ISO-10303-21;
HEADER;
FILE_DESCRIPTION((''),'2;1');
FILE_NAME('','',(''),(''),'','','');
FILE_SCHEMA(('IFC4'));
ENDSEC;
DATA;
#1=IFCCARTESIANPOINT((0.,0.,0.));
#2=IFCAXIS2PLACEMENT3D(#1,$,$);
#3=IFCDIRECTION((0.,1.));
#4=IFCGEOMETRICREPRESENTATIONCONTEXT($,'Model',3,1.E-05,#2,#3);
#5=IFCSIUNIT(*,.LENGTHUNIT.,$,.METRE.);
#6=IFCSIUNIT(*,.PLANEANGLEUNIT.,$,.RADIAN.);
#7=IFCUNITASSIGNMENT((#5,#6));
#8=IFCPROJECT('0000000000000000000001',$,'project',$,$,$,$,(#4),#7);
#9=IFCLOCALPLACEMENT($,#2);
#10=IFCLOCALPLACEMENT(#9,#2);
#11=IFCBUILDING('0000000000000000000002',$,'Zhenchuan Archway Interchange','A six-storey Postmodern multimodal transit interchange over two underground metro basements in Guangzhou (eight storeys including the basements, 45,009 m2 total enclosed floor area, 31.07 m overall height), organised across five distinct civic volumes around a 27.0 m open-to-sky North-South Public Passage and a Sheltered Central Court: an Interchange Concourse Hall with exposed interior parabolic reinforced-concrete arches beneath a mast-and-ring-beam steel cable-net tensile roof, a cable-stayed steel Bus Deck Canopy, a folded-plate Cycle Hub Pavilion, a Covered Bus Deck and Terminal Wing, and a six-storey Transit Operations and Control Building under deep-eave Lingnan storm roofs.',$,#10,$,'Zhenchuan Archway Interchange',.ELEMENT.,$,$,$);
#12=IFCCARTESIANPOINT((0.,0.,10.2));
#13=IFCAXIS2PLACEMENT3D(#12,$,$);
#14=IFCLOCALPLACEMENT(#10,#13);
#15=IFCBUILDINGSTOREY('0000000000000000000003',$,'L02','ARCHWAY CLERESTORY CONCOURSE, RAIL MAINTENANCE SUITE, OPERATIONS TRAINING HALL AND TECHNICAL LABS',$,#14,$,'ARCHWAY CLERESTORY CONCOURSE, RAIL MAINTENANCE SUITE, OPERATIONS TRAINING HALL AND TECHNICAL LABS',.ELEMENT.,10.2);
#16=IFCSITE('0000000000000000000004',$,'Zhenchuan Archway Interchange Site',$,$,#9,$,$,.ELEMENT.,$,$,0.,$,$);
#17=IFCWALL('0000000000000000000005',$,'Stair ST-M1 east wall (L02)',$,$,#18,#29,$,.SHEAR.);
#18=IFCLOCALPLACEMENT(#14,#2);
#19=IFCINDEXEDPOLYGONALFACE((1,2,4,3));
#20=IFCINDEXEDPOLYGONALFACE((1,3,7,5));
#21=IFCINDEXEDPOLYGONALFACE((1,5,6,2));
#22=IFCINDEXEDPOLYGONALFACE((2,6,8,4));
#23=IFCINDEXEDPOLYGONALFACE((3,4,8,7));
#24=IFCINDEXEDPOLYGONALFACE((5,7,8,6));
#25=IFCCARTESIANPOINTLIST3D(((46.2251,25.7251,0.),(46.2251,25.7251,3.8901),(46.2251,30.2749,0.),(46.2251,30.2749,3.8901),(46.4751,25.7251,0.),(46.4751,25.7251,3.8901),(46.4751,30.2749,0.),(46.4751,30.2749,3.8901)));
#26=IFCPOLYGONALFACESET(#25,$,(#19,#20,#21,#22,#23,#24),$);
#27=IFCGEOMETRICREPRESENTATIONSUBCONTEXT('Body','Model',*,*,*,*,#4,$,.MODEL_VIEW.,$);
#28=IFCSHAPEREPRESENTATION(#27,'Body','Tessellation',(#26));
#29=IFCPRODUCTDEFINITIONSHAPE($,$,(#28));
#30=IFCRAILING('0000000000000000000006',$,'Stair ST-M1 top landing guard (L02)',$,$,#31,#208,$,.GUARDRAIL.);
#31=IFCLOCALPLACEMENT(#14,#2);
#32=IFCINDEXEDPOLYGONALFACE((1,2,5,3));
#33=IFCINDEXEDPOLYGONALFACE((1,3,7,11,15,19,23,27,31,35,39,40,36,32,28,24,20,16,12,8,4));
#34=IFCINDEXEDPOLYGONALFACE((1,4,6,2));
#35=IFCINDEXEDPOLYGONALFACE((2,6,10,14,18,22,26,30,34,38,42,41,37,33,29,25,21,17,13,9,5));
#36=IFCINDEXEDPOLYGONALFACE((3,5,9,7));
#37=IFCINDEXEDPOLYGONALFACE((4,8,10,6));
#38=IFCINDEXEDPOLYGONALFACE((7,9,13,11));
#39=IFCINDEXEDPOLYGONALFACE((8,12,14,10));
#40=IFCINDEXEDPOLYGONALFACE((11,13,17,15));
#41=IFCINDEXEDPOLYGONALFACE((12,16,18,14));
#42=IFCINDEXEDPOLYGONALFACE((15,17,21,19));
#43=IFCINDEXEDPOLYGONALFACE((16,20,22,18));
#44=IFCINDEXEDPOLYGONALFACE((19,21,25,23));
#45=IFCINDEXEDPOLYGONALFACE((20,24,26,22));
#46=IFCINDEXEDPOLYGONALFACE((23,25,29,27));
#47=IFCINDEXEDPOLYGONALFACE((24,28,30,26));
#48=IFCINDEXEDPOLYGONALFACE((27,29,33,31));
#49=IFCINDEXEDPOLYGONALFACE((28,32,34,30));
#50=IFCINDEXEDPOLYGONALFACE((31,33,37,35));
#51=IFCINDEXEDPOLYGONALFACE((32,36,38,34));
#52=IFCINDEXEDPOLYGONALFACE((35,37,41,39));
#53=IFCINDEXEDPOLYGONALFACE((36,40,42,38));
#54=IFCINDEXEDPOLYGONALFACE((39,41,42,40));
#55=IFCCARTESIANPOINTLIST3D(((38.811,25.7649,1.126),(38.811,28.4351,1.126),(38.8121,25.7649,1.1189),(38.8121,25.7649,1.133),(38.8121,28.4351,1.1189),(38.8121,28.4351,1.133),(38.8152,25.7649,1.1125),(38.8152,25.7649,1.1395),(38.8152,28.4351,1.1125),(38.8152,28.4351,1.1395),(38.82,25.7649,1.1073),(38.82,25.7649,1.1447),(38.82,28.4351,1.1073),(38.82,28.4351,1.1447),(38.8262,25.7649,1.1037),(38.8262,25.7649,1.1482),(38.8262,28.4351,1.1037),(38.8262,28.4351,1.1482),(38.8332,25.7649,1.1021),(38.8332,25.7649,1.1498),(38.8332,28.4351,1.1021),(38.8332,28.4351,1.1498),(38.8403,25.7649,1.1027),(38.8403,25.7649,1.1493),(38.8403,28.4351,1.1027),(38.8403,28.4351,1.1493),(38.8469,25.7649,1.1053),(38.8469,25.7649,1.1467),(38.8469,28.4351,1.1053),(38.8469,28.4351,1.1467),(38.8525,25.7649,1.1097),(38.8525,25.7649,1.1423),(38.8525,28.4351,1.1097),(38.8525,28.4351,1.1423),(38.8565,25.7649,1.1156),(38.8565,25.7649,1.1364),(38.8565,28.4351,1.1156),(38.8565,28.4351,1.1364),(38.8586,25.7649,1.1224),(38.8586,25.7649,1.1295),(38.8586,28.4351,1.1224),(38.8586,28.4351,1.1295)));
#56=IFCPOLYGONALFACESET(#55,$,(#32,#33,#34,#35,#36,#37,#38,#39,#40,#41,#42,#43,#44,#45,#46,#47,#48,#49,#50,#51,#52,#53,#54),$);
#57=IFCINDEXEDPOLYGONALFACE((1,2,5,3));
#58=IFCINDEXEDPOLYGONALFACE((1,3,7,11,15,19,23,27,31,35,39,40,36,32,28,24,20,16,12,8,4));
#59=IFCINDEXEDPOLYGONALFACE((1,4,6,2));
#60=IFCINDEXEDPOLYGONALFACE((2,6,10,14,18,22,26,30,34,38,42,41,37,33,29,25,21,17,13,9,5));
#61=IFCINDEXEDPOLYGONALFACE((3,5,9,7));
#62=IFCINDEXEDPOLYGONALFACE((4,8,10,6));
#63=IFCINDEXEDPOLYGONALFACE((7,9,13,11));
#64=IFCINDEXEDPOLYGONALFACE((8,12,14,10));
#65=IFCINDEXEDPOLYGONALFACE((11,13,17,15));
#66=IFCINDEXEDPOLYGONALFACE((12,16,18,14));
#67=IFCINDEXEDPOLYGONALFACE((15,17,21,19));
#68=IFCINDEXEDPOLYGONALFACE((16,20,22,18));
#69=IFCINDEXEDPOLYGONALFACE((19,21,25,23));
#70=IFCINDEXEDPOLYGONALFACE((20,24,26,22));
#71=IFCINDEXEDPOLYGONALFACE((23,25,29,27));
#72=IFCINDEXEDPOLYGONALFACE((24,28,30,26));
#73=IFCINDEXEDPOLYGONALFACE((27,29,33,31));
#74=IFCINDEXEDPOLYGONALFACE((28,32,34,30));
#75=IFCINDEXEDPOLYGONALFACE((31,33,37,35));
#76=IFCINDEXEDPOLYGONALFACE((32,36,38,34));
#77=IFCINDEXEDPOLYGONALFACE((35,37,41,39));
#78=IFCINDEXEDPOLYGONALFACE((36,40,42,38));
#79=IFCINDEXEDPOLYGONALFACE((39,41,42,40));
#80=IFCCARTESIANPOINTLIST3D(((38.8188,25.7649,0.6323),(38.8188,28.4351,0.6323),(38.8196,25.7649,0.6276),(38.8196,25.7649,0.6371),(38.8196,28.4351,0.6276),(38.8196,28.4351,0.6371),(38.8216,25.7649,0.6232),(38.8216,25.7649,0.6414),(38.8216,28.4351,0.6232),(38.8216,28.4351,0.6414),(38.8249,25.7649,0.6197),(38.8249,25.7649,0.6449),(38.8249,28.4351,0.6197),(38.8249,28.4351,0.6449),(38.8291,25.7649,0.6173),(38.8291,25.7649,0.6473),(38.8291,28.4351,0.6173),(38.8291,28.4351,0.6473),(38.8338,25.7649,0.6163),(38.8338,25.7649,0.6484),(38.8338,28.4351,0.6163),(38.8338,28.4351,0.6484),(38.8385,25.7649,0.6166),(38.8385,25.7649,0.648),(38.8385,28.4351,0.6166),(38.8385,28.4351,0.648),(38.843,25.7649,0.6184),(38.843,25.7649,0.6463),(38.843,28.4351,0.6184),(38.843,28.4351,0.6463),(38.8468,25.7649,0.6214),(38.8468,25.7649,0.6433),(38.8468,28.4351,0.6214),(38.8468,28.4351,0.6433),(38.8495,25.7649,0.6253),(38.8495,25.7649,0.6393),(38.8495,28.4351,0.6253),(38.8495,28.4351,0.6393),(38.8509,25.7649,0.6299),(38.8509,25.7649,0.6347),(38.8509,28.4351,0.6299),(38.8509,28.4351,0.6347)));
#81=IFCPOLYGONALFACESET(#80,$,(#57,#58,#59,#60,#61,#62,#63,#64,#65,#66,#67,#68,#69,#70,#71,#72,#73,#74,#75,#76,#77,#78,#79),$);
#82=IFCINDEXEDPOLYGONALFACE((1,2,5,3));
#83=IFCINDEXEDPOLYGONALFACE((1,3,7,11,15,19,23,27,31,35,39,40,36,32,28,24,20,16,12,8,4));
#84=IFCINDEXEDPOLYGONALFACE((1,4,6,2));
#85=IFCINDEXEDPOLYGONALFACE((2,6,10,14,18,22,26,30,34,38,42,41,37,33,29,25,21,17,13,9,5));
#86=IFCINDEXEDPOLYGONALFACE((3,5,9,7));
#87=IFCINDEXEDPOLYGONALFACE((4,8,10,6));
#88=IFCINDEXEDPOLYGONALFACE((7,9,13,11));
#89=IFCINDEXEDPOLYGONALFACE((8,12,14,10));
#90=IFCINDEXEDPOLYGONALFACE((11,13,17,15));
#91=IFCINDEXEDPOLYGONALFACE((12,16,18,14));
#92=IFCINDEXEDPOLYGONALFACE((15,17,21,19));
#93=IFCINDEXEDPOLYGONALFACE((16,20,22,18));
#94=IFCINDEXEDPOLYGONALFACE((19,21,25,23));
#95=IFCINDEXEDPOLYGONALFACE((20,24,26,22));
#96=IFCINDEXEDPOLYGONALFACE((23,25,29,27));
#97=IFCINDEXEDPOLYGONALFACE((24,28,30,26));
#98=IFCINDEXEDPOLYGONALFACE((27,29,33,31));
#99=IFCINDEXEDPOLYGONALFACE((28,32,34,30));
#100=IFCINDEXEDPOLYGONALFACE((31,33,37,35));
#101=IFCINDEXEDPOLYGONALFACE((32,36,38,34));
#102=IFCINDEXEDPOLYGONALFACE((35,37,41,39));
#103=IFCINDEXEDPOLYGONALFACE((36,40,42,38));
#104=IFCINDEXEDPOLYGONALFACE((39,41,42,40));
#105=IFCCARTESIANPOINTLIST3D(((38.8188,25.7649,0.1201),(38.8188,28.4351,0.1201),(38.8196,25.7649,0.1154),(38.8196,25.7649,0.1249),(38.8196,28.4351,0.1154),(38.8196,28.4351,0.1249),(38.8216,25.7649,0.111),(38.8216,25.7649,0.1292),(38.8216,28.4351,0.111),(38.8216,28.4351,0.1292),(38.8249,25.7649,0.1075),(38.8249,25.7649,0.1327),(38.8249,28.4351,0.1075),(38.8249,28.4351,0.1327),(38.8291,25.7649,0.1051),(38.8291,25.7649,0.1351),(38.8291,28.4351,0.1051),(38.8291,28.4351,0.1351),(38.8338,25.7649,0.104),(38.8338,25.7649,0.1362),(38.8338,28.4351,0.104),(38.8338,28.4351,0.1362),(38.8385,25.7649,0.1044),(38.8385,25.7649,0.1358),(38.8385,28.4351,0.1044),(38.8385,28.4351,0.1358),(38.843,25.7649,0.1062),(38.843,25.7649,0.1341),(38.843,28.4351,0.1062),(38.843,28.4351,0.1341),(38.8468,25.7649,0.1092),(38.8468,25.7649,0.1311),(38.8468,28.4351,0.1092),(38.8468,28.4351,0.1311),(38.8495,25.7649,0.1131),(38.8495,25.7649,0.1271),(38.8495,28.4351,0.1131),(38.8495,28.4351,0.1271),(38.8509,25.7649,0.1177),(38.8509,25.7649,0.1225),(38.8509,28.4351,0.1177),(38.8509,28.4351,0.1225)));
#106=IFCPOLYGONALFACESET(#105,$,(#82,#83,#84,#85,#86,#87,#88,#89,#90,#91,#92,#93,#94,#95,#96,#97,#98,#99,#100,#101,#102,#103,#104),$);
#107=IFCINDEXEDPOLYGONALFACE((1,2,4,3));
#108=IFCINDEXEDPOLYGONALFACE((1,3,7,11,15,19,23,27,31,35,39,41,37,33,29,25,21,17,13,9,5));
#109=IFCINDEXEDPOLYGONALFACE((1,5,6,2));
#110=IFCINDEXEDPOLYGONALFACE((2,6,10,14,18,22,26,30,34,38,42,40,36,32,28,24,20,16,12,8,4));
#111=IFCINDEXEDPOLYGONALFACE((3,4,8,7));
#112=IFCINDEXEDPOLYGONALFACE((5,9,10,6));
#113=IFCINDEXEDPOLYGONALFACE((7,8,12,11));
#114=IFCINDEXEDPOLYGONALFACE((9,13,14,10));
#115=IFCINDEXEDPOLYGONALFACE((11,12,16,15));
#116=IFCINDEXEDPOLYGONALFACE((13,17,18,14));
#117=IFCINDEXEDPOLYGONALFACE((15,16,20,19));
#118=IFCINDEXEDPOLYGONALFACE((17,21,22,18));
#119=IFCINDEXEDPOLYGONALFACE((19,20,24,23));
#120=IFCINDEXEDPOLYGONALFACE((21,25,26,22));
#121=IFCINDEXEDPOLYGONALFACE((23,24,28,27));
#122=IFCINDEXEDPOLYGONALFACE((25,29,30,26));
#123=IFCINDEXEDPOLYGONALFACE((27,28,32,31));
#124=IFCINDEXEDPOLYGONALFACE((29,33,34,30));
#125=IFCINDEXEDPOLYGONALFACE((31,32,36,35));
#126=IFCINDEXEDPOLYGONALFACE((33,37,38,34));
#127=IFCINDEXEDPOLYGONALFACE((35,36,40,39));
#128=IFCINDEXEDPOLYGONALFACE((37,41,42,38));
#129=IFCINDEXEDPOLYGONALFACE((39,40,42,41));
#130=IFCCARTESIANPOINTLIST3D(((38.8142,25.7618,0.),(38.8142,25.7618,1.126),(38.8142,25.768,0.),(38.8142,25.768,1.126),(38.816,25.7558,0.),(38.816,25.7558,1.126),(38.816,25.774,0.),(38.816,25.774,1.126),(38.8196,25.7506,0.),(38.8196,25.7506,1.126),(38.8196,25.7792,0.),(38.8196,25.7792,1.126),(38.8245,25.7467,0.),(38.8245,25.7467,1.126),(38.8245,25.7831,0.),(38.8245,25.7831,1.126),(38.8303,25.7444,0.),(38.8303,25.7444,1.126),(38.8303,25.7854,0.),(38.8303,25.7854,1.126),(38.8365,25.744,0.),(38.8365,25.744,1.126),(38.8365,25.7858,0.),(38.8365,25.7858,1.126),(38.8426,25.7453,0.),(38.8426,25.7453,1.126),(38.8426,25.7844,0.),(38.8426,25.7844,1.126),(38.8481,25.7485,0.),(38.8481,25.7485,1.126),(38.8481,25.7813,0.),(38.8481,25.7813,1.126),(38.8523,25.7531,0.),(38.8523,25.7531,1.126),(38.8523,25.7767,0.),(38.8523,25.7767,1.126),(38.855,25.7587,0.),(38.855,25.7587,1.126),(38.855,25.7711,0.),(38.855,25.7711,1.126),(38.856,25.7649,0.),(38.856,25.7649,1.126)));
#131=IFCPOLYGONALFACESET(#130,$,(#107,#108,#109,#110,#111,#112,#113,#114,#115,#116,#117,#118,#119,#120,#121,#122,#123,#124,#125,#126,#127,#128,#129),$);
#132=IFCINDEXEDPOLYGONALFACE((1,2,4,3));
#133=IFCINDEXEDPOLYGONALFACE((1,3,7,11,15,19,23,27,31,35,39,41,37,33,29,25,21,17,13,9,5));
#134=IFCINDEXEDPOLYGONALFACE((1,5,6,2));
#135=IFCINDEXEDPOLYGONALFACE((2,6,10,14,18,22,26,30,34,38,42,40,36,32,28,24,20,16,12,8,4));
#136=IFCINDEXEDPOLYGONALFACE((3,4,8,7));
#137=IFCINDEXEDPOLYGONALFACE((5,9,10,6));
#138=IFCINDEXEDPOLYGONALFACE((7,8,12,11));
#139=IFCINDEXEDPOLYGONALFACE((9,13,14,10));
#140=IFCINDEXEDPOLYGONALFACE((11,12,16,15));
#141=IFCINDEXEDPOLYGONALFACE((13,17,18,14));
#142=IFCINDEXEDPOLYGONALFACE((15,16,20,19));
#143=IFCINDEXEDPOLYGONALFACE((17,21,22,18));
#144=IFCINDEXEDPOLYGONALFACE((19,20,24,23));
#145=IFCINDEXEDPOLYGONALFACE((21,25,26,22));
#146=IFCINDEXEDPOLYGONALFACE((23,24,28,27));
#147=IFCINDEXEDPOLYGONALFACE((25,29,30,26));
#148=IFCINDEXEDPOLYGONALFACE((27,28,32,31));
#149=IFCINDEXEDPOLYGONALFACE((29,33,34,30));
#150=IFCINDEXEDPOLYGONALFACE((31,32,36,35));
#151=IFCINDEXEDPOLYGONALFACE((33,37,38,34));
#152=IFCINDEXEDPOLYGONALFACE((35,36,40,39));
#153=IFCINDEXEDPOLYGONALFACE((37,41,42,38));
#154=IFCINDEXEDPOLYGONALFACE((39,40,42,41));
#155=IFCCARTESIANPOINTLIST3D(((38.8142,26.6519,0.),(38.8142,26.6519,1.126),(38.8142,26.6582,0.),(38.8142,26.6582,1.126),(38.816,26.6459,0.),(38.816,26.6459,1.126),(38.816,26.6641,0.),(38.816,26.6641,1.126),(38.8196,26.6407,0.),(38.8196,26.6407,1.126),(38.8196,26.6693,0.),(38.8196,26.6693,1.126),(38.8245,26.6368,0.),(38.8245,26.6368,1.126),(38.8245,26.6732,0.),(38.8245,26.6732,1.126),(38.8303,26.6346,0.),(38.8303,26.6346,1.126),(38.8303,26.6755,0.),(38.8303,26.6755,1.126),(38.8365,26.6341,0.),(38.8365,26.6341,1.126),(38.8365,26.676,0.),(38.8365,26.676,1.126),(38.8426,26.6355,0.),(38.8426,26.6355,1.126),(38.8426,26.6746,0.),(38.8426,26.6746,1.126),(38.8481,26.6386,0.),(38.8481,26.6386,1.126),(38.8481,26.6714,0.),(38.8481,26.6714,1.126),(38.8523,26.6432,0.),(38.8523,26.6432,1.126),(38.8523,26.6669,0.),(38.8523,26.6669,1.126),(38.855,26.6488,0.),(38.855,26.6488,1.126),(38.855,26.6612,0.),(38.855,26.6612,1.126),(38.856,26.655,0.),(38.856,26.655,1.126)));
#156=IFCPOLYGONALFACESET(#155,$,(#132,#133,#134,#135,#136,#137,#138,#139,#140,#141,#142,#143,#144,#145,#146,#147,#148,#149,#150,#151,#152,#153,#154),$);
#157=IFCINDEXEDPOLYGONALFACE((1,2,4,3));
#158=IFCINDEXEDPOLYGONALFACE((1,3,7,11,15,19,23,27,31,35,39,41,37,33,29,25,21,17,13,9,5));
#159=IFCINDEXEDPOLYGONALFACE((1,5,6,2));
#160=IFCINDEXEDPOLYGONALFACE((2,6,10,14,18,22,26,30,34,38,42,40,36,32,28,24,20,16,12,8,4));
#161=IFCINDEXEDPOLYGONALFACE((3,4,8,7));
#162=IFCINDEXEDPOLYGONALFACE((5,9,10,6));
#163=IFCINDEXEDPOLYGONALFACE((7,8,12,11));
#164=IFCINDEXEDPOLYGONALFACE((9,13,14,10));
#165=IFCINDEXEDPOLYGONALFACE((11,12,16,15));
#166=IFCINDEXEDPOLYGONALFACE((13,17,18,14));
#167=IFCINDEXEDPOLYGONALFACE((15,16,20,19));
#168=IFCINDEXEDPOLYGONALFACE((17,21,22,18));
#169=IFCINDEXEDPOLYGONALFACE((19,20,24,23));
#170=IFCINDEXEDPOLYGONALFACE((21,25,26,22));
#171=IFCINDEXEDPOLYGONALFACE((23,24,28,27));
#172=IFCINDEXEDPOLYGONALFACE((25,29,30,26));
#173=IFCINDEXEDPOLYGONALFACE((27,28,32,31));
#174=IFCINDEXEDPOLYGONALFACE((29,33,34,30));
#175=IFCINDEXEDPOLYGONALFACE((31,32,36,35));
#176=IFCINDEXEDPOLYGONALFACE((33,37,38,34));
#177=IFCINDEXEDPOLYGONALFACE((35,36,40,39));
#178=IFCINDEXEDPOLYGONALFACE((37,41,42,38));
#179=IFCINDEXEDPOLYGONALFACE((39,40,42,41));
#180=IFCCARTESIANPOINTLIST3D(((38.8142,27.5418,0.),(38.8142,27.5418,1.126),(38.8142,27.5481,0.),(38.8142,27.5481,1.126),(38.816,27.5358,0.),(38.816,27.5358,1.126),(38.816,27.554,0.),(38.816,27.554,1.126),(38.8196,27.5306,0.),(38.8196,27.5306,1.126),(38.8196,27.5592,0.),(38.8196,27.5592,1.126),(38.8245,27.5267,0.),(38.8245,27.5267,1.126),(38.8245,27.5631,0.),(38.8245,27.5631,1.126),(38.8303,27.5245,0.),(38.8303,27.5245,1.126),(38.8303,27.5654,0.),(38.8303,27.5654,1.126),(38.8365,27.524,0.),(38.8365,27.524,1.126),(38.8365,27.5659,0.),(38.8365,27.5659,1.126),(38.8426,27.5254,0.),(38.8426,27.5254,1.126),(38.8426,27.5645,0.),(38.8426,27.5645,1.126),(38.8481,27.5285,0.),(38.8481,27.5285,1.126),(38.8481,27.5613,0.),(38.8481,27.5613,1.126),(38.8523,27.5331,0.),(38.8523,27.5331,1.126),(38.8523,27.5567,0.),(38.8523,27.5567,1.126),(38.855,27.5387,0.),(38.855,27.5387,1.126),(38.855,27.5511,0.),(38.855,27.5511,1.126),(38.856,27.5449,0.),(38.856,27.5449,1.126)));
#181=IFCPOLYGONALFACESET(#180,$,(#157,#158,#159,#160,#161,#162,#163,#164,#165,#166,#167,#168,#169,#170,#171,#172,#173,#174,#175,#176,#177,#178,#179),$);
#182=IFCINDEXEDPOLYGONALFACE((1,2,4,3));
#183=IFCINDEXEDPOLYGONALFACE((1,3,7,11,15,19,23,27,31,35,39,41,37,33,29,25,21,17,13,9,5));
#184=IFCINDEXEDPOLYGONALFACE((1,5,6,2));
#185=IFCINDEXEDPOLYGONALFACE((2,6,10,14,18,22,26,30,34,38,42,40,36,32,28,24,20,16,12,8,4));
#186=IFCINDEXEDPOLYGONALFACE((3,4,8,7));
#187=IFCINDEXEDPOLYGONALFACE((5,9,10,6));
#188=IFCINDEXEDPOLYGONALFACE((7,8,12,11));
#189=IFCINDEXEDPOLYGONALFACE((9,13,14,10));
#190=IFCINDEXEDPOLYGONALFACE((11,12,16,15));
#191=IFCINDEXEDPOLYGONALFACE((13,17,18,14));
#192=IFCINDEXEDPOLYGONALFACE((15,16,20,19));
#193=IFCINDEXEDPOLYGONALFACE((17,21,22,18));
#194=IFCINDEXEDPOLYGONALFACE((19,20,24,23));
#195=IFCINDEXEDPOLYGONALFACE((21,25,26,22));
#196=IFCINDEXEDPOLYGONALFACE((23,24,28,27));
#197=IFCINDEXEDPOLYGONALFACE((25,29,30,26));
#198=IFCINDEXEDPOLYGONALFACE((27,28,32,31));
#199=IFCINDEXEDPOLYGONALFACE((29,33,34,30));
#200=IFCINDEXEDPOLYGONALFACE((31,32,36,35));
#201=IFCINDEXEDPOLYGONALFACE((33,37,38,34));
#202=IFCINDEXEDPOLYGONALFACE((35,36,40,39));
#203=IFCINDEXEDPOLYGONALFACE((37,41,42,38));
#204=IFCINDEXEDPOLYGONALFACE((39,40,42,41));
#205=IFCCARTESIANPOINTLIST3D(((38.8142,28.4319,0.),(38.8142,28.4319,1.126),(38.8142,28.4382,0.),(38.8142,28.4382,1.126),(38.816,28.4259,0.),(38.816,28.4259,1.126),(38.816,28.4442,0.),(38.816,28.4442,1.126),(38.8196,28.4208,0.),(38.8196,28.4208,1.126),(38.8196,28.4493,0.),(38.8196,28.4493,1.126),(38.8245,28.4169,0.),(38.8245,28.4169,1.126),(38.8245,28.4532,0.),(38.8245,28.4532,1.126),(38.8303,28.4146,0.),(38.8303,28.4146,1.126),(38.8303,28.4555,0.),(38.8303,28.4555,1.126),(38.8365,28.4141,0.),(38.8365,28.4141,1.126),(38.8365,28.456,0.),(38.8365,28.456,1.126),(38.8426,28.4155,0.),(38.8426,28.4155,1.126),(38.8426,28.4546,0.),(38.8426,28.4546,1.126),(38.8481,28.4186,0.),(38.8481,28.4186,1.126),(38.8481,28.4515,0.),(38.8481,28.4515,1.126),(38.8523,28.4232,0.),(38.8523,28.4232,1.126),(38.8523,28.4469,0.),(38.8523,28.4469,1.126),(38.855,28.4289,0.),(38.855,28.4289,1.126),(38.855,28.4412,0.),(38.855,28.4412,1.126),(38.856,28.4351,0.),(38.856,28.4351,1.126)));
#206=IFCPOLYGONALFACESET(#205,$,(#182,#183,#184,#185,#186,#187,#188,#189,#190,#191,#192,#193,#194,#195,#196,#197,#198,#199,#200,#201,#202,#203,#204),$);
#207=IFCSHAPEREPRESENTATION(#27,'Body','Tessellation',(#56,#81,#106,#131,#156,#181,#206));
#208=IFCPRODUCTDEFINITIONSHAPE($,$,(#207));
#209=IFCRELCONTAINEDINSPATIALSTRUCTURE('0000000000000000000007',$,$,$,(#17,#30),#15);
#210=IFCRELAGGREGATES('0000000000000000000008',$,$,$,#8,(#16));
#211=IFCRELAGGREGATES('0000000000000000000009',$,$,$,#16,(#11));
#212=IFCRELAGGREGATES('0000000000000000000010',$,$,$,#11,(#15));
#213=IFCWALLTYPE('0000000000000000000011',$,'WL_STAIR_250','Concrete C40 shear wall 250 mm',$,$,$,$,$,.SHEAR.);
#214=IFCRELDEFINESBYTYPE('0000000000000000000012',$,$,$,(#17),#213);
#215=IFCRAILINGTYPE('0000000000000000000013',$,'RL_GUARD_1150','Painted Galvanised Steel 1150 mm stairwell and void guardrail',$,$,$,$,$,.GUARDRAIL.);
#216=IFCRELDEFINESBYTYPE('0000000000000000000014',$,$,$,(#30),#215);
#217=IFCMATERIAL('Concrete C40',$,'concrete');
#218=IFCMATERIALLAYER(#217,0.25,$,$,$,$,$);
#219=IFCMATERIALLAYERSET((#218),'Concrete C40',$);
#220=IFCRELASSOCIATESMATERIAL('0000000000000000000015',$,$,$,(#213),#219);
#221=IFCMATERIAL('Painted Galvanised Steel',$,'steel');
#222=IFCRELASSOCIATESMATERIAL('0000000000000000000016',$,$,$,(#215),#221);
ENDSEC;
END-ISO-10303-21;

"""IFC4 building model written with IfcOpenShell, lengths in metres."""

from ifc_helpers import new_model, si_unit, direction, frame, frame_2d, origin, origin_2d, place, context, subcontext, project, spatial, rectangle, circle, extrude, material, layer, layer_set, type_object, element, save


model = new_model("IFC4")

# Units and contexts
model_context = context("Model", 3, precision=1e-05, world=origin(), true_north=direction((0.0, 1.0)))
body_context = subcontext(model_context, "Body", "Model", "MODEL_VIEW")
ifc_project = project(units=[si_unit("LENGTHUNIT", "METRE"), si_unit("PLANEANGLEUNIT", "RADIAN")], contexts=[model_context])

# Site, building, storey
site_placement = place(None, origin())
site = spatial("IfcSite", under=ifc_project, at=site_placement, Name="Zhenchuan Archway Interchange Site", CompositionType="ELEMENT", RefElevation=0.0)
building_placement = place(site_placement, origin())
building = spatial("IfcBuilding", under=site, at=building_placement, Name="Zhenchuan Archway Interchange", Description="A six-storey Postmodern multimodal transit interchange over two underground metro basements in Guangzhou (eight storeys including the basements, 45,009 m2 total enclosed floor area, 31.07 m overall height), organised across five distinct civic volumes around a 27.0 m open-to-sky North-South Public Passage and a Sheltered Central Court: an Interchange Concourse Hall with exposed interior parabolic reinforced-concrete arches beneath a mast-and-ring-beam steel cable-net tensile roof, a cable-stayed steel Bus Deck Canopy, a folded-plate Cycle Hub Pavilion, a Covered Bus Deck and Terminal Wing, and a six-storey Transit Operations and Control Building under deep-eave Lingnan storm roofs.", LongName="Zhenchuan Archway Interchange", CompositionType="ELEMENT")
storey_placement = place(building_placement, frame((0.0, 0.0, 10.2)))
storey = spatial("IfcBuildingStorey", under=building, at=storey_placement, Name="L02", Description="ARCHWAY CLERESTORY CONCOURSE, RAIL MAINTENANCE SUITE, OPERATIONS TRAINING HALL AND TECHNICAL LABS", LongName="ARCHWAY CLERESTORY CONCOURSE, RAIL MAINTENANCE SUITE, OPERATIONS TRAINING HALL AND TECHNICAL LABS", CompositionType="ELEMENT", Elevation=10.2)

# Shared definitions
ifc_material_1 = material(Name="Concrete C40", Category="concrete")

# Shared definitions
ifc_layer_1 = layer(ifc_material_1, 0.25)
ifc_layer_set_1 = layer_set([ifc_layer_1], Name="Concrete C40")
wall_type_1 = type_object("IfcWallType", Name="WL_STAIR_250", Description="Concrete C40 shear wall 250 mm", PredefinedType="SHEAR", material=ifc_layer_set_1)

# Shared definitions
ifc_material_2 = material(Name="Painted Galvanised Steel", Category="steel")

# Wall
for number, where, z_axis, x_axis, name in (
    (1, (46.3501, 25.7251, 0.0), (0.0, 0.0, 1.0), (0.0, 1.0, 0.0), "Stair ST-M1 east wall (L02)"),
):
    element("IfcWall", number, at=place(storey_placement, frame(where, z_axis=z_axis, x_axis=x_axis)), inside=storey, type_object=wall_type_1, Name=name, PredefinedType="SHEAR", context=body_context, shape_type="SweptSolid", body=[
        extrude(rectangle(XDim=4.5498, YDim=0.25, at=frame_2d((2.2749, 0.0))), origin(), (0.0, 0.0, 1.0), 3.8901),
    ])

# Railing
railing_type = type_object("IfcRailingType", Name="RL_GUARD_1150", Description="Painted Galvanised Steel 1150 mm stairwell and void guardrail", PredefinedType="GUARDRAIL", material=ifc_material_2)
railing_placement = place(storey_placement, frame((38.835, 25.7649, 0.0)))
element("IfcRailing", 2, at=railing_placement, inside=storey, type_object=railing_type, Name="Stair ST-M1 top landing guard (L02)", PredefinedType="GUARDRAIL", context=body_context, shape_type="SweptSolid", body=[
    extrude(circle(Radius=0.0239, at=origin_2d()), frame((0.0, 0.0, 1.126), z_axis=(0.0, 1.0, 0.0), x_axis=(-1.0, 0.0, 0.0)), (0.0, 0.0, 1.0), 2.6702),
    extrude(circle(Radius=0.0161, at=origin_2d()), frame((0.0, 0.0, 0.6323), z_axis=(0.0, 1.0, 0.0), x_axis=(-1.0, 0.0, 0.0)), (0.0, 0.0, 1.0), 2.6702),
    extrude(circle(Radius=0.0161, at=origin_2d()), frame((0.0, 0.0, 0.1201), z_axis=(0.0, 1.0, 0.0), x_axis=(-1.0, 0.0, 0.0)), (0.0, 0.0, 1.0), 2.6702),
    extrude(circle(Radius=0.021, at=origin_2d()), origin(), (0.0, 0.0, 1.0), 1.126),
    extrude(circle(Radius=0.021, at=origin_2d()), frame((0.0, 0.8901, 0.0)), (0.0, 0.0, 1.0), 1.126),
    extrude(circle(Radius=0.021, at=origin_2d()), frame((0.0, 1.78, 0.0)), (0.0, 0.0, 1.0), 1.126),
    extrude(circle(Radius=0.021, at=origin_2d()), frame((0.0, 2.6702, 0.0)), (0.0, 0.0, 1.0), 1.126),
])

save(model, "model.ifc")
